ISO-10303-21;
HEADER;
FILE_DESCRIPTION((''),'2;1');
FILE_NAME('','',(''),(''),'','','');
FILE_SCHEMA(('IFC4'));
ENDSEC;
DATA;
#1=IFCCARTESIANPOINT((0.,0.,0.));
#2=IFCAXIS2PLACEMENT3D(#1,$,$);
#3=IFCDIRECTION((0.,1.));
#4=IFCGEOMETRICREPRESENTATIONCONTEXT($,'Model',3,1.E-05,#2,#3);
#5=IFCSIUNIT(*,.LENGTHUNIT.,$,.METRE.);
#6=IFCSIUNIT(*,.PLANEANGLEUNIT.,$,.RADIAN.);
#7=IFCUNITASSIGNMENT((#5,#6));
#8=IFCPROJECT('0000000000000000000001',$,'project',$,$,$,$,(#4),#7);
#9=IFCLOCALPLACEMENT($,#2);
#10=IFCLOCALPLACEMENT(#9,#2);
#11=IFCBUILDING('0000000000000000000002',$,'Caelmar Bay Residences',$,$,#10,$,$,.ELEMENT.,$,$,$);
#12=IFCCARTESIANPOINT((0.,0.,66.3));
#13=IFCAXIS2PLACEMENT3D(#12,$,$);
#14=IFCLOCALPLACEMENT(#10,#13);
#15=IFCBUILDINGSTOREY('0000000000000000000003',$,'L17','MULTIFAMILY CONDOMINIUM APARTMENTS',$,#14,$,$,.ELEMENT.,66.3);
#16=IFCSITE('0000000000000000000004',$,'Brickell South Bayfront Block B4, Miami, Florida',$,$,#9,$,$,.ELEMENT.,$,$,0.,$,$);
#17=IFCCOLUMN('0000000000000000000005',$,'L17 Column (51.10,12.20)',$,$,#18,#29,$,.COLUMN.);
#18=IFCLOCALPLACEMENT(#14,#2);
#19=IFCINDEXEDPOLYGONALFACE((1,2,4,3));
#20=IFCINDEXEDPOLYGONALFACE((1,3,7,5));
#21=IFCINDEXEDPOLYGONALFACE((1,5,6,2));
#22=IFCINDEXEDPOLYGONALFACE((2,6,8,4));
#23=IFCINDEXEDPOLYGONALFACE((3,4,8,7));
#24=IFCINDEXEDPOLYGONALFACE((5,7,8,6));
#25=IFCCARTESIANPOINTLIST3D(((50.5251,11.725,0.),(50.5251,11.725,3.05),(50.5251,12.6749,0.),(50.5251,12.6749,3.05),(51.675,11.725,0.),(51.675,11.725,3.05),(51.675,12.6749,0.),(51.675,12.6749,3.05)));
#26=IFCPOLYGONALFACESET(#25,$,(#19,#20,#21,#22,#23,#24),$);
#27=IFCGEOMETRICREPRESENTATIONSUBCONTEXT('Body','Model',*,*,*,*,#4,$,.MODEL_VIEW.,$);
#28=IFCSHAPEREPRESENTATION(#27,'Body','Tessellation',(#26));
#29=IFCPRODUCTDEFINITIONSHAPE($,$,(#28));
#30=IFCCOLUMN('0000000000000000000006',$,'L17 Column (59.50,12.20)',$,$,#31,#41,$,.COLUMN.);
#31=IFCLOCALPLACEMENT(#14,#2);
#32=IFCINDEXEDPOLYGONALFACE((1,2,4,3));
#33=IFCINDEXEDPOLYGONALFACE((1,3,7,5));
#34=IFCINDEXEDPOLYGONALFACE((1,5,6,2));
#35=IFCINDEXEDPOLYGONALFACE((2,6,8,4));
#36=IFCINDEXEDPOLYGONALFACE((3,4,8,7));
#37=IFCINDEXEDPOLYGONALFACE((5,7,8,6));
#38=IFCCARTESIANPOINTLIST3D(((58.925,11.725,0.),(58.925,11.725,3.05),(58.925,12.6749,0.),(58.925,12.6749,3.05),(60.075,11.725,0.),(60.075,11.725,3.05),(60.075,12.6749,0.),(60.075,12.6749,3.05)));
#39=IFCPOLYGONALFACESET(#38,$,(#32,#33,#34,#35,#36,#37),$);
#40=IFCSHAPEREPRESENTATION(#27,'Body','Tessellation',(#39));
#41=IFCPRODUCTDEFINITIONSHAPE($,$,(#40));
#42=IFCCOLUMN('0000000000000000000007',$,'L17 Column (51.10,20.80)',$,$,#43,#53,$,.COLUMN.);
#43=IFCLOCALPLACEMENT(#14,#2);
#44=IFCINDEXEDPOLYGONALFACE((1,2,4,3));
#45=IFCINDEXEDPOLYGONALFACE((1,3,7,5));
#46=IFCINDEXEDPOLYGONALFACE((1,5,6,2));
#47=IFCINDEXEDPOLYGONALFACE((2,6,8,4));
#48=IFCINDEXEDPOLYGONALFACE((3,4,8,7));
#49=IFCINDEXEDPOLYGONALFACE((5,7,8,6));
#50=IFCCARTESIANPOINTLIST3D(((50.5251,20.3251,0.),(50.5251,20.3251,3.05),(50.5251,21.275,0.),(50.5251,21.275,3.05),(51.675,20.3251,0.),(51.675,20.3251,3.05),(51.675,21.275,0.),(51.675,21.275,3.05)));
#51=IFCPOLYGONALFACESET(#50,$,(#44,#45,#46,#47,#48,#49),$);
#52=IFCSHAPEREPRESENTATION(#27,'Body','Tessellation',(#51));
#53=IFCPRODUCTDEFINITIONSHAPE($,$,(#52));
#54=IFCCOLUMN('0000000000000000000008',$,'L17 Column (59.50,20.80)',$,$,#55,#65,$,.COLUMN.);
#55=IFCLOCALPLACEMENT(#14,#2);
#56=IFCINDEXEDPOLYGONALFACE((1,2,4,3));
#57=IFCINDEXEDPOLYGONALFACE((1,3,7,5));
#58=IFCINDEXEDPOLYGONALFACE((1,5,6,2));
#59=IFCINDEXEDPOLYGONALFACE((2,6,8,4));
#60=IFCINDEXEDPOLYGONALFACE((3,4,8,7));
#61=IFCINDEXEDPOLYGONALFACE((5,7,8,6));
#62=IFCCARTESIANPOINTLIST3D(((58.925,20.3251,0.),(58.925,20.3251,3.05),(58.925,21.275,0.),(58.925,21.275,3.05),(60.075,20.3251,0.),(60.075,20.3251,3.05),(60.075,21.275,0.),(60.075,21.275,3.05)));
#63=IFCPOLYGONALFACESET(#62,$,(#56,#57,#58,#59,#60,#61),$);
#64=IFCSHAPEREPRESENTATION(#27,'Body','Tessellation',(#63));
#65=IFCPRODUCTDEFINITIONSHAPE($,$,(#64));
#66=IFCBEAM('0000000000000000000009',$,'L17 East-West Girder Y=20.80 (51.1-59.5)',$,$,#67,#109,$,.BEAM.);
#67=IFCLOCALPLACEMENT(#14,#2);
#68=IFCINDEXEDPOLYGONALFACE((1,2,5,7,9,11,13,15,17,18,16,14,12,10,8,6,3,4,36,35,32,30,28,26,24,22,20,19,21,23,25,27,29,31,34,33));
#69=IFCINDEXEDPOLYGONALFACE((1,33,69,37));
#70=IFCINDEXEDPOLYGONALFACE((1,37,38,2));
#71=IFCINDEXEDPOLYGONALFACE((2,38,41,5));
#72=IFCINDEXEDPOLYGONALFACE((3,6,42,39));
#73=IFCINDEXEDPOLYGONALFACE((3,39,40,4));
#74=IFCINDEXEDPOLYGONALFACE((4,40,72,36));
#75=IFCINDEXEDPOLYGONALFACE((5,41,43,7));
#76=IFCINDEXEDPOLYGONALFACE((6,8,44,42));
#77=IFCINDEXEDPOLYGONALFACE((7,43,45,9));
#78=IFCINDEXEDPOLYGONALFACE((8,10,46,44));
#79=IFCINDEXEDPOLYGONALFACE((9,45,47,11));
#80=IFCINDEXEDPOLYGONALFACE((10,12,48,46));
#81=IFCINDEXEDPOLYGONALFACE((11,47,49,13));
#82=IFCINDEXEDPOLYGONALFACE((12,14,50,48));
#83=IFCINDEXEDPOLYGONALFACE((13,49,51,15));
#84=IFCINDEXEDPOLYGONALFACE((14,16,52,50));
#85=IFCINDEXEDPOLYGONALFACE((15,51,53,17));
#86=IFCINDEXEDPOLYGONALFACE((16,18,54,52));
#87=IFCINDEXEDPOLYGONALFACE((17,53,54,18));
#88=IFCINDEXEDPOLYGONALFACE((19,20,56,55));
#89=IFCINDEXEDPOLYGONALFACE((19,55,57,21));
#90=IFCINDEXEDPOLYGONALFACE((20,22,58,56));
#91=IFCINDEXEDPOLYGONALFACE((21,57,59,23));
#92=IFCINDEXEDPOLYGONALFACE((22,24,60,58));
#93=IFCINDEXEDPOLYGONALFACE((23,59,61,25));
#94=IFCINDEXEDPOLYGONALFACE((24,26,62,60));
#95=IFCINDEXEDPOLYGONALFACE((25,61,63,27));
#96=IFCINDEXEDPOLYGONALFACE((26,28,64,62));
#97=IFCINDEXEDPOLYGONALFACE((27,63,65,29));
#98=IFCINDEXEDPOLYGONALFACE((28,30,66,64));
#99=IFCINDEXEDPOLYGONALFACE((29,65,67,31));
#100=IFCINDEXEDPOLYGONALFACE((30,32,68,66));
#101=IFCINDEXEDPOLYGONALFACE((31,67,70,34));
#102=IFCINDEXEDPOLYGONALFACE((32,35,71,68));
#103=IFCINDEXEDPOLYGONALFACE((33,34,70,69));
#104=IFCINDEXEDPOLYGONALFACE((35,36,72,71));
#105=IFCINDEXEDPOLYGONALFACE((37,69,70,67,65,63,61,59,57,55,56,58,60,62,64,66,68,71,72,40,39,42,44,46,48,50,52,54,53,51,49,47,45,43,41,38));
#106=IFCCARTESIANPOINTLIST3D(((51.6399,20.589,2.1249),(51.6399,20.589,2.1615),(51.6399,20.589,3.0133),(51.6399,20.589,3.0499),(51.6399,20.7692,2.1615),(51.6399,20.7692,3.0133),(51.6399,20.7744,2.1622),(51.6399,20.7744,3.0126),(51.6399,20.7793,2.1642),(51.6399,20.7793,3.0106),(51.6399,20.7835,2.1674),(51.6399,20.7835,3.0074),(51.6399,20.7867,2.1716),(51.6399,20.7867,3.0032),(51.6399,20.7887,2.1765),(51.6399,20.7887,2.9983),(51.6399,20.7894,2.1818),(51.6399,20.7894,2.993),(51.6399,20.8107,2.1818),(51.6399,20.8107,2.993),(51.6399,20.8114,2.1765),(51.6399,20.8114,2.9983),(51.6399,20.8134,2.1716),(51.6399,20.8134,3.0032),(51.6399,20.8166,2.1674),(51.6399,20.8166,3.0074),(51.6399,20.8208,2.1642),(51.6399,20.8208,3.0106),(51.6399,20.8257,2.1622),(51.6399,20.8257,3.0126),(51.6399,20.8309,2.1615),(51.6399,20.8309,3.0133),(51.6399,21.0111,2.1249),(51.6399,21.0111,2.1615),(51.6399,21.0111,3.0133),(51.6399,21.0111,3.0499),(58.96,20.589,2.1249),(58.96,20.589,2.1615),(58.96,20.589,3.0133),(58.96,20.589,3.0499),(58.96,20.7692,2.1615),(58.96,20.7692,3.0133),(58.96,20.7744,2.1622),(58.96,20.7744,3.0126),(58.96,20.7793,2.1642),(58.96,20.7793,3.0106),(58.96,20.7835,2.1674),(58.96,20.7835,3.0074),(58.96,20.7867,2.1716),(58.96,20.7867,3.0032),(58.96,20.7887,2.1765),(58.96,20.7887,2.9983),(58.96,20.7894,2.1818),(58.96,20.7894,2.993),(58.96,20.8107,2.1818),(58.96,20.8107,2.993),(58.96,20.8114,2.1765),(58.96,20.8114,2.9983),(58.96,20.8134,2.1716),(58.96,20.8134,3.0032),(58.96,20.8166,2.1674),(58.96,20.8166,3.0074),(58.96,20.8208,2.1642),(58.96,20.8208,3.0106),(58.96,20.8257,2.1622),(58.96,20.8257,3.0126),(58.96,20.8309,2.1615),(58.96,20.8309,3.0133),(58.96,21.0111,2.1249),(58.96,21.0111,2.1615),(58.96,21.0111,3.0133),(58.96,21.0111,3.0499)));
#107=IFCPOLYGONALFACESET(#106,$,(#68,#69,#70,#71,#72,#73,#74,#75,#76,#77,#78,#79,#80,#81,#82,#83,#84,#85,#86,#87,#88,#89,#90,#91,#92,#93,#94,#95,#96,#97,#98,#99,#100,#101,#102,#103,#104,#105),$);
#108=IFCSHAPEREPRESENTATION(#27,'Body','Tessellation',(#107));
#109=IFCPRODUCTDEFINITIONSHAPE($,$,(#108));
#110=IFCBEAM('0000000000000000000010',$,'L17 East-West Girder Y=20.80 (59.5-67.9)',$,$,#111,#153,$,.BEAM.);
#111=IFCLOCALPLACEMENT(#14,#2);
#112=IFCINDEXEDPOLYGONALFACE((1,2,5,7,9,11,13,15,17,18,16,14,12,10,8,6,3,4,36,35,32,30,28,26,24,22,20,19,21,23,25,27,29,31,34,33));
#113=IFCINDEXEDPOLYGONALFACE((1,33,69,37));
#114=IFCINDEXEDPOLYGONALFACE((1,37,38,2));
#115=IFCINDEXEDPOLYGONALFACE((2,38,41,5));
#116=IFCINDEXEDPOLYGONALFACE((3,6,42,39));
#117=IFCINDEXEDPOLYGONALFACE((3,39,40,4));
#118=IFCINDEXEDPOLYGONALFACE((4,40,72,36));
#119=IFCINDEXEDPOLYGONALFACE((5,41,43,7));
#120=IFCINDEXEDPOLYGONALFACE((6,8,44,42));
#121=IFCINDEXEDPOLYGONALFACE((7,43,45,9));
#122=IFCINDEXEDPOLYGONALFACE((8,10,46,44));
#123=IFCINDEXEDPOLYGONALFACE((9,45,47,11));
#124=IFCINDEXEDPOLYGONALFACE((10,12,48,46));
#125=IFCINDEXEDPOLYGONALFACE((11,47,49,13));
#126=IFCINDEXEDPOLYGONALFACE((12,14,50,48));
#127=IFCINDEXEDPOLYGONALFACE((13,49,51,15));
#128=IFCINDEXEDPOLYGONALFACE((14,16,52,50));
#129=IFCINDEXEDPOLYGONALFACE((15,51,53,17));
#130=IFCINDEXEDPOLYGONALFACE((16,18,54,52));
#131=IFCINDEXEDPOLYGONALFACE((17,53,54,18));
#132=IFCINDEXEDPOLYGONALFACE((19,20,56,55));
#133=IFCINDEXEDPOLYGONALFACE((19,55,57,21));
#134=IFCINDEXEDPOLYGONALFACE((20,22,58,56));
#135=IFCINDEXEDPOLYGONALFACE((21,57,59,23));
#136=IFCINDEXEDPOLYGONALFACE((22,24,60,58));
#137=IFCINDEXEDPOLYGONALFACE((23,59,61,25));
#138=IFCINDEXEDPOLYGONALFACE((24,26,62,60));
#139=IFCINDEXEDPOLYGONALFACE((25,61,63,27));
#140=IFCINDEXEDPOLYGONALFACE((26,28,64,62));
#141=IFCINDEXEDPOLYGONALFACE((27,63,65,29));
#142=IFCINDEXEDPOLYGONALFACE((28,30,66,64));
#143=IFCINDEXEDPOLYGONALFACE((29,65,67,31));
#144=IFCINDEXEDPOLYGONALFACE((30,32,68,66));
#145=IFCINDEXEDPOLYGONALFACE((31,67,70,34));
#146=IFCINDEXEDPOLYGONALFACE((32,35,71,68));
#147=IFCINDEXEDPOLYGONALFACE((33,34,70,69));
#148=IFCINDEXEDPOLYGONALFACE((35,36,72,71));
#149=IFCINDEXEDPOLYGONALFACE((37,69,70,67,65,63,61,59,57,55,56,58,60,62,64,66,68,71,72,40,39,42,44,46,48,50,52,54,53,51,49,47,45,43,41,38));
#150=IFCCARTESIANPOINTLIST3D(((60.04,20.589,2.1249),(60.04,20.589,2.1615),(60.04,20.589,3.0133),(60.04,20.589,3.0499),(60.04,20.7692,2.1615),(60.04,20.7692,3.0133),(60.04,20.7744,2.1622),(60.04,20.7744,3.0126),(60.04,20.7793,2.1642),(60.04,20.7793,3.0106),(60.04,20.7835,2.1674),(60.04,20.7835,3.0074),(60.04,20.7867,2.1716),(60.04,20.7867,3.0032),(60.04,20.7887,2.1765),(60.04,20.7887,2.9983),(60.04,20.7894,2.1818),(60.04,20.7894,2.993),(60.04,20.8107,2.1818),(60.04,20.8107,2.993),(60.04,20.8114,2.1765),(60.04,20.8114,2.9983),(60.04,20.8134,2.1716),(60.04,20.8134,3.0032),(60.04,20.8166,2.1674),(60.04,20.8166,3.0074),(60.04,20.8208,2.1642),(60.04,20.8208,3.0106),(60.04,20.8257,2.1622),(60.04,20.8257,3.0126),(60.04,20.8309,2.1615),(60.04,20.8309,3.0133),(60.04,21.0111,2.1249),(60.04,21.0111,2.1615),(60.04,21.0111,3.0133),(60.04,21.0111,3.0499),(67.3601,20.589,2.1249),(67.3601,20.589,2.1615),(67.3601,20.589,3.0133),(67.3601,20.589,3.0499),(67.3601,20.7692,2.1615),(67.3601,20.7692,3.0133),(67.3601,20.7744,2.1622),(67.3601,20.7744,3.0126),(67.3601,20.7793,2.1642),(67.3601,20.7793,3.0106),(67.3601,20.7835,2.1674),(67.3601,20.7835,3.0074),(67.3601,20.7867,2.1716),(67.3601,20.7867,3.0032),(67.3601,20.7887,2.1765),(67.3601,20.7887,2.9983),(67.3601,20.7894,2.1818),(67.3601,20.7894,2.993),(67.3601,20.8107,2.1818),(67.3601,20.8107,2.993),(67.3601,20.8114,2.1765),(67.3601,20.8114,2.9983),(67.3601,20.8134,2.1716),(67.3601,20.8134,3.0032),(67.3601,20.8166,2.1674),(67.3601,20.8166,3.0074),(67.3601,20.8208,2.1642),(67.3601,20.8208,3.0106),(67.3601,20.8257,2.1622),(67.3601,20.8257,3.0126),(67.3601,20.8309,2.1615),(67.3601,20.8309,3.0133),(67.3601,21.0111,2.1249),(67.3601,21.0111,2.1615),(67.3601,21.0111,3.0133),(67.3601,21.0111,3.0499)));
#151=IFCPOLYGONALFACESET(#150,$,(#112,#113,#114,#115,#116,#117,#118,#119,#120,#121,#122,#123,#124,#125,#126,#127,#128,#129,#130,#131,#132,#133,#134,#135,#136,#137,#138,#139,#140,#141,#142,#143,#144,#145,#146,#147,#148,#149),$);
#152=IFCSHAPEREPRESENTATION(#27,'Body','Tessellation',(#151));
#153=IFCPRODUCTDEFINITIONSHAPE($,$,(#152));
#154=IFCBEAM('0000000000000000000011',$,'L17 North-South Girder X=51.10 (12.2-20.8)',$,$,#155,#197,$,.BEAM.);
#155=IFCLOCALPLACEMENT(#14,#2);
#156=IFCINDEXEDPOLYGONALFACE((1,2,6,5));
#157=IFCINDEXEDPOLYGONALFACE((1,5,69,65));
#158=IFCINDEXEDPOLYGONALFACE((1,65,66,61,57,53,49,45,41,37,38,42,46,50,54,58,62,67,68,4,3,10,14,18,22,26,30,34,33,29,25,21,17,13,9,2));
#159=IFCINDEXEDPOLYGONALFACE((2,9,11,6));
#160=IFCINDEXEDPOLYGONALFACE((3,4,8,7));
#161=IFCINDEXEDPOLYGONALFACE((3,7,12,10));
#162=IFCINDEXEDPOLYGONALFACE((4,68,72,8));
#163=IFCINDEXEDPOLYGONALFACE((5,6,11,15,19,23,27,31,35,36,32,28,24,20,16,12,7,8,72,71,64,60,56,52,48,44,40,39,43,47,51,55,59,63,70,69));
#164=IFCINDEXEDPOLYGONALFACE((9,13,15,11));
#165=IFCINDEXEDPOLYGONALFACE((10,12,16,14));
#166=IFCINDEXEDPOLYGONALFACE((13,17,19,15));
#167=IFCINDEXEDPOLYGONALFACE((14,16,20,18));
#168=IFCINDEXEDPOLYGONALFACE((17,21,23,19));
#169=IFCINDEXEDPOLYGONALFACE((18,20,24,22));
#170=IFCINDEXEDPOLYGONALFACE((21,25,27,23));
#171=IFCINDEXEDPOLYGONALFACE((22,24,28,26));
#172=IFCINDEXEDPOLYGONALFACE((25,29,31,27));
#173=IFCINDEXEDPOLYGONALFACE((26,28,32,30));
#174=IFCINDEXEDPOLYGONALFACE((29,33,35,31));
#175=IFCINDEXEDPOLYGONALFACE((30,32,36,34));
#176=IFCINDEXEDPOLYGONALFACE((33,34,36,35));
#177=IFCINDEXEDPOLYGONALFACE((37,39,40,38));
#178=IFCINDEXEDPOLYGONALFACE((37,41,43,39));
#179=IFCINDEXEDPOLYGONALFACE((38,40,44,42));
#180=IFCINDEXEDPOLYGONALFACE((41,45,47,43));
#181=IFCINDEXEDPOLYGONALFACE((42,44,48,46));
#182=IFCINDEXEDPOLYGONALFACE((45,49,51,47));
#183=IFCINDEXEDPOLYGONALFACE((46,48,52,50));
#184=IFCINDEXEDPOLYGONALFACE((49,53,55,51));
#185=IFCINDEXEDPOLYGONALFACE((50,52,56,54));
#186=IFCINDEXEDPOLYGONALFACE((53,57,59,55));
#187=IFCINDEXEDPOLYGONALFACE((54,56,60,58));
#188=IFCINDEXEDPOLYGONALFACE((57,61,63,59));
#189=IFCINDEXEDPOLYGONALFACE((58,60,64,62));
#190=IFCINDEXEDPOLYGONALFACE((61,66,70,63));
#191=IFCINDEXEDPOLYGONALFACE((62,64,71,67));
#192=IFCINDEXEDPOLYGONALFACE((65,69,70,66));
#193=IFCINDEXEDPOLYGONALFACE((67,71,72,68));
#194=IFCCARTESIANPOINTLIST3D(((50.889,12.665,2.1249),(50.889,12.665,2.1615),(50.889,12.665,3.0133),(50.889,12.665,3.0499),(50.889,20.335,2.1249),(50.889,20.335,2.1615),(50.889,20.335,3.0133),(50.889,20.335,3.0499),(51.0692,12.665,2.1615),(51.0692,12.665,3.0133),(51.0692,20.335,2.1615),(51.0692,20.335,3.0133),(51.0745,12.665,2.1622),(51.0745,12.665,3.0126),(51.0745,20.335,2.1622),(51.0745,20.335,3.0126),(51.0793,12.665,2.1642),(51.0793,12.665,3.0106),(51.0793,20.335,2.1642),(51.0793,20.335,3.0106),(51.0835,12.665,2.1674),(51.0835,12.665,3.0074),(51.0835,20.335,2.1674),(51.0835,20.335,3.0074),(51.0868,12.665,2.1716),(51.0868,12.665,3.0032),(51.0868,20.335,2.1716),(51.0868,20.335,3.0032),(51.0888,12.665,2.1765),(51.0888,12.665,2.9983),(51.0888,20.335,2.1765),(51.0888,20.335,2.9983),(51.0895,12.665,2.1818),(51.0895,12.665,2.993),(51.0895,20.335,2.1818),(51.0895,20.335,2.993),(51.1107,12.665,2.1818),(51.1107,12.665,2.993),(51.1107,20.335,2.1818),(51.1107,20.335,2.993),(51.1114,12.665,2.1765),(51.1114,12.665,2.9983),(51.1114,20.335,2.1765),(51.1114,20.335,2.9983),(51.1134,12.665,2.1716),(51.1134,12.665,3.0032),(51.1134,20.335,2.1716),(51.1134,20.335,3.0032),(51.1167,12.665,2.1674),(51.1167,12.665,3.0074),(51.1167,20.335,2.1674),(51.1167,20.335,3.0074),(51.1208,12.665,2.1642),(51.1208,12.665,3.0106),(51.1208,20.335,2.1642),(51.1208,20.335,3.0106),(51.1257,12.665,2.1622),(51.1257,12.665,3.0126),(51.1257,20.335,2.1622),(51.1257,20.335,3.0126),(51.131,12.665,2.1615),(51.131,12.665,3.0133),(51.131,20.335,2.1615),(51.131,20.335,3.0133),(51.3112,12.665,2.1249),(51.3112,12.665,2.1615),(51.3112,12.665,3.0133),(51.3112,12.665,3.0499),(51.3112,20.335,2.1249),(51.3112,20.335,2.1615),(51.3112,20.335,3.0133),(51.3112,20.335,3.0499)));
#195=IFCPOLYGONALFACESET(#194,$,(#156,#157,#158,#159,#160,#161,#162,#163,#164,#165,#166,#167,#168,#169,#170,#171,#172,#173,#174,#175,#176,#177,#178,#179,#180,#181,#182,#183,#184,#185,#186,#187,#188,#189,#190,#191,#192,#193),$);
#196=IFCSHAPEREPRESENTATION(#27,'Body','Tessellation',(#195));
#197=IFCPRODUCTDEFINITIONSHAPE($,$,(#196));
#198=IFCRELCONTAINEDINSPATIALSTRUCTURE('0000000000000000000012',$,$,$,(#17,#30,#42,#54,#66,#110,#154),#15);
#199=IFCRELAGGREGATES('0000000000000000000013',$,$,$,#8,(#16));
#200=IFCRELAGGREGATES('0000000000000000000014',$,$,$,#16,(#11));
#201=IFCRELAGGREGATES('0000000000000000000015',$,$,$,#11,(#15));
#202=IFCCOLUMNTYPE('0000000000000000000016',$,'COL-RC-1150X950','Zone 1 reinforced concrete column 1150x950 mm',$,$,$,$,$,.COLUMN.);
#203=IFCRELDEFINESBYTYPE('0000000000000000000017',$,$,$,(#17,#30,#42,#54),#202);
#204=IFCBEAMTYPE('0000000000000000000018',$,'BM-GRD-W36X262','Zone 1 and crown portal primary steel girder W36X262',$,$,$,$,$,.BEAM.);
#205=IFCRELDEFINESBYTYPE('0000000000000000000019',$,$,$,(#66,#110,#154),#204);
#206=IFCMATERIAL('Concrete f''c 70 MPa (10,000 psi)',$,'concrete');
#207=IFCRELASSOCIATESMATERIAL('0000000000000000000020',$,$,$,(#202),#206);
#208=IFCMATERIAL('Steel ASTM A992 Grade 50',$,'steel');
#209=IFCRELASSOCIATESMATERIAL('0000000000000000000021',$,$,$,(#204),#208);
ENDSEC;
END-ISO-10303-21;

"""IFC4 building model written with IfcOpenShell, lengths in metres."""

from ifc_helpers import new_model, si_unit, direction, frame, origin, origin_2d, place, context, subcontext, project, spatial, rectangle, i_section, extrude, material, material_profile, profile_set, type_object, element, save


model = new_model("IFC4")

# Units and contexts
model_context = context("Model", 3, precision=1e-05, world=origin(), true_north=direction((0.0, 1.0)))
body_context = subcontext(model_context, "Body", "Model", "MODEL_VIEW")
ifc_project = project(units=[si_unit("LENGTHUNIT", "METRE"), si_unit("PLANEANGLEUNIT", "RADIAN")], contexts=[model_context])

# Site, building, storey
site_placement = place(None, origin())
site = spatial("IfcSite", under=ifc_project, at=site_placement, Name="Brickell South Bayfront Block B4, Miami, Florida", CompositionType="ELEMENT", RefElevation=0.0)
building_placement = place(site_placement, origin())
building = spatial("IfcBuilding", under=site, at=building_placement, Name="Caelmar Bay Residences", CompositionType="ELEMENT")
storey_placement = place(building_placement, frame((0.0, 0.0, 66.3)))
storey = spatial("IfcBuildingStorey", under=building, at=storey_placement, Name="L17", Description="MULTIFAMILY CONDOMINIUM APARTMENTS", CompositionType="ELEMENT", Elevation=66.3)

# Columns
ifc_material_1 = material(Name="Concrete f'c 70 MPa (10,000 psi)", Category="concrete")
ifc_material_profile_1 = material_profile(ifc_material_1, rectangle(XDim=1.1499, YDim=0.95, at=origin_2d()), Name="RC-COL-1150X950")
ifc_profile_set_1 = profile_set([ifc_material_profile_1], Name="Concrete f'c 70 MPa (10,000 psi)")
column_type = type_object("IfcColumnType", Name="COL-RC-1150X950", Description="Zone 1 reinforced concrete column 1150x950 mm", PredefinedType="COLUMN", material=ifc_profile_set_1)
for number, where, z_axis, x_axis, name in (
    (1, (51.1001, 12.2, 0.0), (0.0, 0.0, 1.0), (1.0, 0.0, 0.0), "L17 Column (51.10,12.20)"),
    (2, (59.5, 12.2, 0.0), (0.0, 0.0, 1.0), (1.0, 0.0, 0.0), "L17 Column (59.50,12.20)"),
    (3, (51.1001, 20.8, 0.0), (0.0, 0.0, 1.0), (1.0, 0.0, 0.0), "L17 Column (51.10,20.80)"),
    (4, (59.5, 20.8, 0.0), (0.0, 0.0, 1.0), (1.0, 0.0, 0.0), "L17 Column (59.50,20.80)"),
):
    element("IfcColumn", number, at=place(storey_placement, frame(where, z_axis=z_axis, x_axis=x_axis)), inside=storey, type_object=column_type, Name=name, PredefinedType="COLUMN", context=body_context, shape_type="SweptSolid", body=[
        extrude(rectangle(XDim=1.1499, YDim=0.95, at=origin_2d()), origin(), (0.0, 0.0, 1.0), 3.05),
    ])

# Beams
ifc_material_2 = material(Name="Steel ASTM A992 Grade 50", Category="steel")
ifc_material_profile_2 = material_profile(ifc_material_2, i_section(OverallWidth=0.4221, OverallDepth=0.925, WebThickness=0.0212, FlangeThickness=0.0366, FilletRadius=0.0203, at=origin_2d()), Name="W36X262")
ifc_profile_set_2 = profile_set([ifc_material_profile_2], Name="Steel ASTM A992 Grade 50")
beam_type_1 = type_object("IfcBeamType", Name="BM-GRD-W36X262", Description="Zone 1 and crown portal primary steel girder W36X262", PredefinedType="BEAM", material=ifc_profile_set_2)
for number, where, z_axis, x_axis, name in (
    (5, (51.6399, 20.8, 2.5874), (1.0, 0.0, 0.0), (0.0, 1.0, 0.0), "L17 East-West Girder Y=20.80 (51.1-59.5)"),
    (6, (60.04, 20.8, 2.5874), (1.0, 0.0, 0.0), (0.0, 1.0, 0.0), "L17 East-West Girder Y=20.80 (59.5-67.9)"),
):
    element("IfcBeam", number, at=place(storey_placement, frame(where, z_axis=z_axis, x_axis=x_axis)), inside=storey, type_object=beam_type_1, Name=name, PredefinedType="BEAM", context=body_context, shape_type="SweptSolid", body=[
        extrude(i_section(OverallWidth=0.4221, OverallDepth=0.925, WebThickness=0.0212, FlangeThickness=0.0366, FilletRadius=0.0203, at=origin_2d()), origin(), (0.0, 0.0, 1.0), 7.3201),
    ])
for number, where, z_axis, x_axis, name in (
    (7, (51.1001, 12.665, 2.5874), (0.0, 1.0, 0.0), (-1.0, 0.0, 0.0), "L17 North-South Girder X=51.10 (12.2-20.8)"),
):
    element("IfcBeam", number, at=place(storey_placement, frame(where, z_axis=z_axis, x_axis=x_axis)), inside=storey, type_object=beam_type_1, Name=name, PredefinedType="BEAM", context=body_context, shape_type="SweptSolid", body=[
        extrude(i_section(OverallWidth=0.4221, OverallDepth=0.925, WebThickness=0.0212, FlangeThickness=0.0366, FilletRadius=0.0203, at=origin_2d()), origin(), (0.0, 0.0, 1.0), 7.6699),
    ])

save(model, "model.ifc")
